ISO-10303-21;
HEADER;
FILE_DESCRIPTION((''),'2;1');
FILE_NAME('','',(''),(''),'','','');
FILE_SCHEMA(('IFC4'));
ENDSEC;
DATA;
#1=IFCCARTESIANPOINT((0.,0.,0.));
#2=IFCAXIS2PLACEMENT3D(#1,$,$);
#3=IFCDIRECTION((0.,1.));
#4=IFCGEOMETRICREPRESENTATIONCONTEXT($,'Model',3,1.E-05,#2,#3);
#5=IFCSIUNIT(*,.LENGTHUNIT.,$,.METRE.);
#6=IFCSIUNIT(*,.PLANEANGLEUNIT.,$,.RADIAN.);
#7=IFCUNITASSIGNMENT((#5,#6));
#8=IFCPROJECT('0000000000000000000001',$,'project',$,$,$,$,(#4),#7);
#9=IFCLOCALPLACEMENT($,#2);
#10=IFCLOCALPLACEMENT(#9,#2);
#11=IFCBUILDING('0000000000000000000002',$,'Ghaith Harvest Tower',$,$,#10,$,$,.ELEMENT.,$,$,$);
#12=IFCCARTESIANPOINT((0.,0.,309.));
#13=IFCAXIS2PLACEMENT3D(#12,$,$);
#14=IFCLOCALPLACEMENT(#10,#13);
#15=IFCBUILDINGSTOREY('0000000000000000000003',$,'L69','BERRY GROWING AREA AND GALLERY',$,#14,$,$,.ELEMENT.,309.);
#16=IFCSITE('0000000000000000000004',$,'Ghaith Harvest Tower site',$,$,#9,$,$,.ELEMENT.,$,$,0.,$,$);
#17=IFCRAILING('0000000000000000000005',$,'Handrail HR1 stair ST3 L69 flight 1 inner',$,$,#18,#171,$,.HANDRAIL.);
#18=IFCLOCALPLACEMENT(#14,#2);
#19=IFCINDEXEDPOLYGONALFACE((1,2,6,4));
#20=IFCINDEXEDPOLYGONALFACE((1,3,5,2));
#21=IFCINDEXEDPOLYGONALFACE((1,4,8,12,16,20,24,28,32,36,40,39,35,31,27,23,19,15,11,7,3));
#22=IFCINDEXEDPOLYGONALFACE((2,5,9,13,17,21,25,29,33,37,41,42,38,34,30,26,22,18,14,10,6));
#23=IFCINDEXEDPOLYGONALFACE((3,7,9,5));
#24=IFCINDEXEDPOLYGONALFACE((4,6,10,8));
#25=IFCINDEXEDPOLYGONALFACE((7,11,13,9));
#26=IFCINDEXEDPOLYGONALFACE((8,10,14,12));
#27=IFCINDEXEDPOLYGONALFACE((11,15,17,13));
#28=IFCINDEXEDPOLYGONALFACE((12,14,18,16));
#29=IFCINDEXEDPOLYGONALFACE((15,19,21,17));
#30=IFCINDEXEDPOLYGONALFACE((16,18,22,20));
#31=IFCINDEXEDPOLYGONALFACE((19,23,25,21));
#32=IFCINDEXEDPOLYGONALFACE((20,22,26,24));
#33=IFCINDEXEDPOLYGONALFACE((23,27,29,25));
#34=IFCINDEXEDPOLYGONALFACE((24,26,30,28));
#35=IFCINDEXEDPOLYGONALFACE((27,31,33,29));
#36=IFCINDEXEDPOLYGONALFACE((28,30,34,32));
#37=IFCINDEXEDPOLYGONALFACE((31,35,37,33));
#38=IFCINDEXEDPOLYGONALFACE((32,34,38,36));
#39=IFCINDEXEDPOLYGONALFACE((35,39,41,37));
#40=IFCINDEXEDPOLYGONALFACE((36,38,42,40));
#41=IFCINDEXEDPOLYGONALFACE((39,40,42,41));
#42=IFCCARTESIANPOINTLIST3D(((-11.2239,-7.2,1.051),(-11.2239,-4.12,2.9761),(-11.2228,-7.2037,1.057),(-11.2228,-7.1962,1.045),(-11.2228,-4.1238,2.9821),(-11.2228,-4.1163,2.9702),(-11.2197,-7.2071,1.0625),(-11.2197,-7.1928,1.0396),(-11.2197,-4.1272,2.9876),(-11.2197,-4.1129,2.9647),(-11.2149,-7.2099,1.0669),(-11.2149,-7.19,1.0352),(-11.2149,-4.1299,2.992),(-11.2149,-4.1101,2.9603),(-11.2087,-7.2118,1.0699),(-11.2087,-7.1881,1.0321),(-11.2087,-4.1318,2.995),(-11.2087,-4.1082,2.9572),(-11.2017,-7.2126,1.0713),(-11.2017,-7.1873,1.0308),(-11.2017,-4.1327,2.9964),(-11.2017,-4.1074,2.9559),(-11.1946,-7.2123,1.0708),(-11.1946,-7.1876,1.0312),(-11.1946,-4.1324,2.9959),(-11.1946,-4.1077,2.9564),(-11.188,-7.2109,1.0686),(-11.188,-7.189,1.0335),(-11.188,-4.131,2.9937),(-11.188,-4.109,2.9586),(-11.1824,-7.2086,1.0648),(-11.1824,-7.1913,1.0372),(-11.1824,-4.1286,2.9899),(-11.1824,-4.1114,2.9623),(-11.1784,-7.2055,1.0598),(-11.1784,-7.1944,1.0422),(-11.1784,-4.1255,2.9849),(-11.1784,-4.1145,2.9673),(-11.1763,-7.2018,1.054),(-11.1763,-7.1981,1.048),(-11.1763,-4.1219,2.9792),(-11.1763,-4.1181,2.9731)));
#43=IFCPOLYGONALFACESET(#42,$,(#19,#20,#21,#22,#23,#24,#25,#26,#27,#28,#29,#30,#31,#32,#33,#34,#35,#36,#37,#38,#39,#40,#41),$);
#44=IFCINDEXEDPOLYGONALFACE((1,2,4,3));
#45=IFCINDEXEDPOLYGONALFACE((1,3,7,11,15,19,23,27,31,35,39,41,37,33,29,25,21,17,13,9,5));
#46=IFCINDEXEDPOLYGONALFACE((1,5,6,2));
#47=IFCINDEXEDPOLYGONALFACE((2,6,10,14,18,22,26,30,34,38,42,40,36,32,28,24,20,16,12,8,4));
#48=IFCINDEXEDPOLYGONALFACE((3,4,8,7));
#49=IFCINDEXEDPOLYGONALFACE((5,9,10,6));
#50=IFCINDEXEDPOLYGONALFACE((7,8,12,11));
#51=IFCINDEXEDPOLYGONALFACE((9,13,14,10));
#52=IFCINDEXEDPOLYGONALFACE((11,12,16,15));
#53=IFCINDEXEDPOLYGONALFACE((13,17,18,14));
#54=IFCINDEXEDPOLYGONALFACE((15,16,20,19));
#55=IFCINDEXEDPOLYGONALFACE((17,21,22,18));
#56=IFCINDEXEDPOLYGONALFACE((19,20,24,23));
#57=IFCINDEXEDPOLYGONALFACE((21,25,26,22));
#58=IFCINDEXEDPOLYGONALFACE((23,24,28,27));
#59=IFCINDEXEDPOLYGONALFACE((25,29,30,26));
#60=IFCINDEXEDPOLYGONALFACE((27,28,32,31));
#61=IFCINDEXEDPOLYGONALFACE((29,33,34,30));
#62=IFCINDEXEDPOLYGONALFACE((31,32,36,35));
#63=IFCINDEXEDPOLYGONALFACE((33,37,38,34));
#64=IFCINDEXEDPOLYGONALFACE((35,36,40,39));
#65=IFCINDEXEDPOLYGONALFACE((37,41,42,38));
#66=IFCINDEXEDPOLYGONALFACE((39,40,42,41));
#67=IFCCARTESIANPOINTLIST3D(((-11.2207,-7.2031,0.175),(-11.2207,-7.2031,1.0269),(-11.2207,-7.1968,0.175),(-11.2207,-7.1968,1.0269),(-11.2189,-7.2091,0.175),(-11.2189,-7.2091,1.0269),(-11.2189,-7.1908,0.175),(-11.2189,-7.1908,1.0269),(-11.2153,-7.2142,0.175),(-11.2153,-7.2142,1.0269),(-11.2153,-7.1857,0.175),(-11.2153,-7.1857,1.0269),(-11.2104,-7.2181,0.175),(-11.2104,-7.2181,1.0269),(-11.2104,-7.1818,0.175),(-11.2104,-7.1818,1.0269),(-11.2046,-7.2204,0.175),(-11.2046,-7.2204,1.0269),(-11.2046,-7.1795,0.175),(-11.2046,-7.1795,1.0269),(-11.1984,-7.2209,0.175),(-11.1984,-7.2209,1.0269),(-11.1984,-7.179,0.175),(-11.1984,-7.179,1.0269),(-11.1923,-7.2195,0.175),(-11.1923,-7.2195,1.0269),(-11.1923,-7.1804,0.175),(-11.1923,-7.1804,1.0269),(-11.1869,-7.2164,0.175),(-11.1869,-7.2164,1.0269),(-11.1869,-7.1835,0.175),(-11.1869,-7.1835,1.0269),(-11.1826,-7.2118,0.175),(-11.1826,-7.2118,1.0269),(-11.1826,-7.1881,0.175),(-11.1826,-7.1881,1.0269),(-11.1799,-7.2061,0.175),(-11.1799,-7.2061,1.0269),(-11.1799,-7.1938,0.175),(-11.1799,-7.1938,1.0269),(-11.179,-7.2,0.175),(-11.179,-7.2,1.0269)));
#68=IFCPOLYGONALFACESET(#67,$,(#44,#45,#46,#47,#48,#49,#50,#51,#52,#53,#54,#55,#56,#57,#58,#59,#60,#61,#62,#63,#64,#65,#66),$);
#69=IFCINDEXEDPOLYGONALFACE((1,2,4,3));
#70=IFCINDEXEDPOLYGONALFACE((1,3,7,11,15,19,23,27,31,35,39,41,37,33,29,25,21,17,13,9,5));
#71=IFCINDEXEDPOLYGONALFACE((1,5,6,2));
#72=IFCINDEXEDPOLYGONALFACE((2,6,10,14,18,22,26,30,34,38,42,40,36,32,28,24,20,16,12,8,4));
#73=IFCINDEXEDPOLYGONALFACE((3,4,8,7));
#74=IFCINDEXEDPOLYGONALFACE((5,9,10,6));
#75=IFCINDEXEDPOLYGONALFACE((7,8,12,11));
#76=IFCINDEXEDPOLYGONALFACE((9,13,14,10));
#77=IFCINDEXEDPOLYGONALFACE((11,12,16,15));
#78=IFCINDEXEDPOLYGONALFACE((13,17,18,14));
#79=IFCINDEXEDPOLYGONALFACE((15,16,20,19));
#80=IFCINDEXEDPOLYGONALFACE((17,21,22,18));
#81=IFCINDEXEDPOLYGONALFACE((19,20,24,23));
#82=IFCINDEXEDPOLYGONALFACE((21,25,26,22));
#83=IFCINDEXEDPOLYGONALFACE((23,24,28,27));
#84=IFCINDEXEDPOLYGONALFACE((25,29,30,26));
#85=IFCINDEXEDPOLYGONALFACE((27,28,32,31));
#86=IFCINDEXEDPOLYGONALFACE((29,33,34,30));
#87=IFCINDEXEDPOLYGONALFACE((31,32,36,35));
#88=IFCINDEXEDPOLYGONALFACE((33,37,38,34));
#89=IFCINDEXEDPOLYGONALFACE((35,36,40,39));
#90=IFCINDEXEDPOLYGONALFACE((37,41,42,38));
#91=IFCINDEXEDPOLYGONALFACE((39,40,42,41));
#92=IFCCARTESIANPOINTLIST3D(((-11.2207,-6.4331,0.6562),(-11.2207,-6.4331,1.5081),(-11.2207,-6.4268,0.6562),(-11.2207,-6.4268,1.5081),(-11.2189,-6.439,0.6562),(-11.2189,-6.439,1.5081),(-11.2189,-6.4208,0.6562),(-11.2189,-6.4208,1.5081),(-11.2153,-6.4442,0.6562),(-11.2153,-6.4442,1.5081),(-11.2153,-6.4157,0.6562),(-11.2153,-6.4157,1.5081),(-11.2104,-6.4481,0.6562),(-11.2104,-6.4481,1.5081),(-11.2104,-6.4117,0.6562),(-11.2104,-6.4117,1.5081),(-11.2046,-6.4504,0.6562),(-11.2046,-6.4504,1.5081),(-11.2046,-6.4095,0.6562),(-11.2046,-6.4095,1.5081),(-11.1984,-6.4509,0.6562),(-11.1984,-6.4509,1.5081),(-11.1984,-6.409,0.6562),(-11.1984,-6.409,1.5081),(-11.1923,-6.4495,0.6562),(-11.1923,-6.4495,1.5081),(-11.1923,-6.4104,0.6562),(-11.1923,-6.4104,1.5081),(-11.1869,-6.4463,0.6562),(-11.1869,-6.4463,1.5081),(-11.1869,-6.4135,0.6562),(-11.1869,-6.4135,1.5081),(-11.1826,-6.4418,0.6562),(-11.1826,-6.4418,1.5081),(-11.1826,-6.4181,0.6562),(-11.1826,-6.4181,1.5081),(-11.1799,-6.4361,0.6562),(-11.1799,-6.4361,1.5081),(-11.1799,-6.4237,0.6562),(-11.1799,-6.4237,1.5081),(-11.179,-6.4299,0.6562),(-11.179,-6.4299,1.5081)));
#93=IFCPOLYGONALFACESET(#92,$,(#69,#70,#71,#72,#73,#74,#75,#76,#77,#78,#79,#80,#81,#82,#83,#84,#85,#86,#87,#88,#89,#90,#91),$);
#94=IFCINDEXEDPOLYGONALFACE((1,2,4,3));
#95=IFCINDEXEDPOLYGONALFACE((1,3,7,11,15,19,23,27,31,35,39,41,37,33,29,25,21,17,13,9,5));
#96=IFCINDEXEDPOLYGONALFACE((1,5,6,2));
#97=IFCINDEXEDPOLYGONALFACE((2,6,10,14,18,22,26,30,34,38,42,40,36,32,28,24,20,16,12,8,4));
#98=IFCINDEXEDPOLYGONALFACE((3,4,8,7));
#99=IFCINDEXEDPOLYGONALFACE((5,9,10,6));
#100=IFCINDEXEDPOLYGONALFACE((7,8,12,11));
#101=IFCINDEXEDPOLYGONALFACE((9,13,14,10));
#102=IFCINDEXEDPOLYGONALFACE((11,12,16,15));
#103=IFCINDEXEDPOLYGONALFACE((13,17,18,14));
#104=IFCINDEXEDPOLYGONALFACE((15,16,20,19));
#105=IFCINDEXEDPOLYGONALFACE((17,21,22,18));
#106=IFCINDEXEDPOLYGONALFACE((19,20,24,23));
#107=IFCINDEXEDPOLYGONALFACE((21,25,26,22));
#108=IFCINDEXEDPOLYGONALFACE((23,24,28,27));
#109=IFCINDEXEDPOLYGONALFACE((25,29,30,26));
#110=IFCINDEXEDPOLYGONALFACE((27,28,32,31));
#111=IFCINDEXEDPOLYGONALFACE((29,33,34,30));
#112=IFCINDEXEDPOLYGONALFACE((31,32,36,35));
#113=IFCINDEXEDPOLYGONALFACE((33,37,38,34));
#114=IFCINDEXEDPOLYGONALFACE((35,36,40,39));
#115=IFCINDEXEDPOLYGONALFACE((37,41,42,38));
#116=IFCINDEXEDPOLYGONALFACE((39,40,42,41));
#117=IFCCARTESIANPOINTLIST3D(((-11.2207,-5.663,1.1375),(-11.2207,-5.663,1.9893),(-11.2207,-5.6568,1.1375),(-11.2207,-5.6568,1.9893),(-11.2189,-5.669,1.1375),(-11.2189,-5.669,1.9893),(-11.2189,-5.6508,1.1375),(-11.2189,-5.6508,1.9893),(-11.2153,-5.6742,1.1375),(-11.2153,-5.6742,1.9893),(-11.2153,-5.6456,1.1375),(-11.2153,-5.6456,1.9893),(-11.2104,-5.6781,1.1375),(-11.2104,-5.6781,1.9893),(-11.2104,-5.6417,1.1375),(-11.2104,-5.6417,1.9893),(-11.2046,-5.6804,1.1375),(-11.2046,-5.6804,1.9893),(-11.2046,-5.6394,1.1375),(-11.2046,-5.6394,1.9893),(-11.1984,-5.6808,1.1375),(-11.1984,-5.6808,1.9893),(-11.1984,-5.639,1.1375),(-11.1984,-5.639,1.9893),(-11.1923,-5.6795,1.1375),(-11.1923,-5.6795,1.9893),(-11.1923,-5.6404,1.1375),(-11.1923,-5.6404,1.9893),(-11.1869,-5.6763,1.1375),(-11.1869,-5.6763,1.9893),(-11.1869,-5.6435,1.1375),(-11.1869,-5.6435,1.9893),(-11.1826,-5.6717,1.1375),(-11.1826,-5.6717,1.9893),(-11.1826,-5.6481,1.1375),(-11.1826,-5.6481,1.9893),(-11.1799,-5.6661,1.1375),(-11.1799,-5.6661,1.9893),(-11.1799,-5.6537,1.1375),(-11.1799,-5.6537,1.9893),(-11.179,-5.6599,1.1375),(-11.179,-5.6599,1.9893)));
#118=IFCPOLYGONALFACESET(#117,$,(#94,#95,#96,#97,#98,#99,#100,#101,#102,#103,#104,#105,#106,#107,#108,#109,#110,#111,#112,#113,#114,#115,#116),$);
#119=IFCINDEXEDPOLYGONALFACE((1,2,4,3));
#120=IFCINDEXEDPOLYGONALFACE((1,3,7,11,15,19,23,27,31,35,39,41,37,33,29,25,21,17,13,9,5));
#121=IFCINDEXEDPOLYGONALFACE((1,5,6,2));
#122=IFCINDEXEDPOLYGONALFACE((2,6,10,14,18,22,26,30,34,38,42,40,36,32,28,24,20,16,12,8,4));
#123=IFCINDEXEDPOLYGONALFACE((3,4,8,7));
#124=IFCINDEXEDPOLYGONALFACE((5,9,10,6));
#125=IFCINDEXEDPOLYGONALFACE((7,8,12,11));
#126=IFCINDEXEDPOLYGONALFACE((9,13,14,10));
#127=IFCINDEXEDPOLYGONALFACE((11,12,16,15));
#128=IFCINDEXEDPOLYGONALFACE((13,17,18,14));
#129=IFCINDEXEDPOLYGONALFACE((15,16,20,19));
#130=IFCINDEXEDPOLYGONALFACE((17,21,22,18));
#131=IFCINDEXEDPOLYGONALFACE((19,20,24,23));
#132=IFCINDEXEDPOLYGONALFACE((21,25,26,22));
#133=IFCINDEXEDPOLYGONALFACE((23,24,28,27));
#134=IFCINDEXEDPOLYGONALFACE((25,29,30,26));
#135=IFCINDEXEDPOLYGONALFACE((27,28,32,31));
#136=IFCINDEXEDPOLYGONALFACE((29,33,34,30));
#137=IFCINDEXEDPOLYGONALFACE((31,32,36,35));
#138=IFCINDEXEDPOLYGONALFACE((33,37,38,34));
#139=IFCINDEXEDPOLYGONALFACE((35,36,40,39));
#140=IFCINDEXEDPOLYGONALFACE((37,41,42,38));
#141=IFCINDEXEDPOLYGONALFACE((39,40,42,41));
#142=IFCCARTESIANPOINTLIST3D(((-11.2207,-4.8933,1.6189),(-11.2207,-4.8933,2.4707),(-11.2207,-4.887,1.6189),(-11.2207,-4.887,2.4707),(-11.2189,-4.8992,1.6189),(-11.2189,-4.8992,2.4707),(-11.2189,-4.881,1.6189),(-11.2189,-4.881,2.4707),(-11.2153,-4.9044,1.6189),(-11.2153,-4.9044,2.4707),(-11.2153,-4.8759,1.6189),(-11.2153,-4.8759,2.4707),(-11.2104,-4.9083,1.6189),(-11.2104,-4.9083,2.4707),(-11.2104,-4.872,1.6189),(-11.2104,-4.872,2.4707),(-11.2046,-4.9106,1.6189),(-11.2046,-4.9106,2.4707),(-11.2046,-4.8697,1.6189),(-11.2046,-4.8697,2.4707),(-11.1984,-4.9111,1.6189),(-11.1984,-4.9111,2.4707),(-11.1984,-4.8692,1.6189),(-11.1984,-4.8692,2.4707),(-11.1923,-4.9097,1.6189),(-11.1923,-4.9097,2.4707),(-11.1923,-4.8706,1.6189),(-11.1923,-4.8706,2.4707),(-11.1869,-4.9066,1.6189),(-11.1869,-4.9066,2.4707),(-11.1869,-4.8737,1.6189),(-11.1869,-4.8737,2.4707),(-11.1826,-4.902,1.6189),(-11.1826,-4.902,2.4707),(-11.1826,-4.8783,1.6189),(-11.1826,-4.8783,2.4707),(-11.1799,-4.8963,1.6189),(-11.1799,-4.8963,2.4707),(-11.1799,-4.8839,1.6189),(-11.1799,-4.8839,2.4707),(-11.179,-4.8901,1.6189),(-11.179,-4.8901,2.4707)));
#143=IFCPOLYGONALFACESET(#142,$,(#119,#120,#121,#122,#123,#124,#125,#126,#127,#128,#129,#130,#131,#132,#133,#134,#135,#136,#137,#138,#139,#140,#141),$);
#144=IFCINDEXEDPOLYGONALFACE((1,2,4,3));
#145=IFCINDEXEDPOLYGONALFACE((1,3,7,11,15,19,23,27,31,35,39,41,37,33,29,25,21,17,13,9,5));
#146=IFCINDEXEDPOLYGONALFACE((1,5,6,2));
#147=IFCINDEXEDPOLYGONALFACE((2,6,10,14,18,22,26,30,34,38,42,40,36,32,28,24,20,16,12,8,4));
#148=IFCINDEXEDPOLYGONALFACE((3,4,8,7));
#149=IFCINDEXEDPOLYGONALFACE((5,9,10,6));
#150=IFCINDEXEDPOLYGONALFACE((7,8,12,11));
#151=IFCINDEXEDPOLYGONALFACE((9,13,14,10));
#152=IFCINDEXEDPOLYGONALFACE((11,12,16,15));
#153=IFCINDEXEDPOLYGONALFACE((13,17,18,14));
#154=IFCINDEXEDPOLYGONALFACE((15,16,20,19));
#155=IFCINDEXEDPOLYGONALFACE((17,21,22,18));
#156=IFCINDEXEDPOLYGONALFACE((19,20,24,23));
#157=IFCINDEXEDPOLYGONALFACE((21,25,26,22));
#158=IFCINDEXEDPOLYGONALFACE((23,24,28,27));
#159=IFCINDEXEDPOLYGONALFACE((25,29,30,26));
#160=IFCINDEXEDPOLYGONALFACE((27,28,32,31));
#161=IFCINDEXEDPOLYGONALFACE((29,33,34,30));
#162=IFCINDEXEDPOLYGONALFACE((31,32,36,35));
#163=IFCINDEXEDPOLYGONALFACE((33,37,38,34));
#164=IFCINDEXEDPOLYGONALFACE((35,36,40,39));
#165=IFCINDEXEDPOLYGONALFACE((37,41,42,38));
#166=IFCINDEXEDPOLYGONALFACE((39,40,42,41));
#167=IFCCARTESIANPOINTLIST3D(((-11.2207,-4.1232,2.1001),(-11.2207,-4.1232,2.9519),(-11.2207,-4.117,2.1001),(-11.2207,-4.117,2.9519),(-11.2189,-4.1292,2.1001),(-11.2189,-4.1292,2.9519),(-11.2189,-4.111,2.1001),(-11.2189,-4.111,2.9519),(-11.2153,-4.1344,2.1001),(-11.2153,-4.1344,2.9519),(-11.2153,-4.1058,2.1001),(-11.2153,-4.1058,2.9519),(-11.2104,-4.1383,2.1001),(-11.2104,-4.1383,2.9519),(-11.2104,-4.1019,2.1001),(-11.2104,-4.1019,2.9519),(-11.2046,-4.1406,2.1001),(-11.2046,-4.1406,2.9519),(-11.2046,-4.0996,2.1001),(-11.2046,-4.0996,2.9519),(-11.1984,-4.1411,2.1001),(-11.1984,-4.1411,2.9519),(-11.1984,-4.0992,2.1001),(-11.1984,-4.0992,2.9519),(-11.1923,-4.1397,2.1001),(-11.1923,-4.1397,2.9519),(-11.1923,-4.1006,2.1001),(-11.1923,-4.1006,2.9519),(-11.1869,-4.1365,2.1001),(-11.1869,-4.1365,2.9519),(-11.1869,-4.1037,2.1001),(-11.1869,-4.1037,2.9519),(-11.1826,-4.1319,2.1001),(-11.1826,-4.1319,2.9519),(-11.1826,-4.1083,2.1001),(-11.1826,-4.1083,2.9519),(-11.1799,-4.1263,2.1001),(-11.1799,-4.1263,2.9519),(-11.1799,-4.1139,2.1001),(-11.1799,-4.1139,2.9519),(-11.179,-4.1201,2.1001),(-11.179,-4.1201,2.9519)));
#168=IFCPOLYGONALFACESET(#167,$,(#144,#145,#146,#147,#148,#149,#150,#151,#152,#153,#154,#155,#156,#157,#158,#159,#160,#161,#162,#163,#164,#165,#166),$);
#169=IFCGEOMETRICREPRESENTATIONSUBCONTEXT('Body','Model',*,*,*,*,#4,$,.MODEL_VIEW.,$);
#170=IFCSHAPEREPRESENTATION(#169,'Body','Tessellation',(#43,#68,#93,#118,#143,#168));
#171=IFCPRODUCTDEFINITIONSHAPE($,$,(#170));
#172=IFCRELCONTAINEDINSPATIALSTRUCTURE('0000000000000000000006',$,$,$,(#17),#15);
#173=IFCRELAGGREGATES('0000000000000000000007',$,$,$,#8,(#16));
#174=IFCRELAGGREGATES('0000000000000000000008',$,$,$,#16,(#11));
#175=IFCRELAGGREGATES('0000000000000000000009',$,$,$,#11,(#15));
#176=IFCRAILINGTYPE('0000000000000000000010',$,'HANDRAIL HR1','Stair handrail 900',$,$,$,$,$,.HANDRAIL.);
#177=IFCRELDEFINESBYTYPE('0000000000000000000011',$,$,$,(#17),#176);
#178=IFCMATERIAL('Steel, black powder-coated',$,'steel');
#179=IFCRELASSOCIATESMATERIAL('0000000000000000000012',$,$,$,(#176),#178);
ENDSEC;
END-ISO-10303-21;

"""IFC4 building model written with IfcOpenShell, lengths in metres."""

from ifc_helpers import new_model, si_unit, direction, frame, origin, origin_2d, place, context, subcontext, project, spatial, circle, extrude, material, type_object, element, save


model = new_model("IFC4")

# Units and contexts
model_context = context("Model", 3, precision=1e-05, world=origin(), true_north=direction((0.0, 1.0)))
body_context = subcontext(model_context, "Body", "Model", "MODEL_VIEW")
ifc_project = project(units=[si_unit("LENGTHUNIT", "METRE"), si_unit("PLANEANGLEUNIT", "RADIAN")], contexts=[model_context])

# Site, building, storey
site_placement = place(None, origin())
site = spatial("IfcSite", under=ifc_project, at=site_placement, Name="Ghaith Harvest Tower site", CompositionType="ELEMENT", RefElevation=0.0)
building_placement = place(site_placement, origin())
building = spatial("IfcBuilding", under=site, at=building_placement, Name="Ghaith Harvest Tower", CompositionType="ELEMENT")
storey_placement = place(building_placement, frame((0.0, 0.0, 309.0)))
storey = spatial("IfcBuildingStorey", under=building, at=storey_placement, Name="L69", Description="BERRY GROWING AREA AND GALLERY", CompositionType="ELEMENT", Elevation=309.0)

# Railing
ifc_material_1 = material(Name="Steel, black powder-coated", Category="steel")
railing_type = type_object("IfcRailingType", Name="HANDRAIL HR1", Description="Stair handrail 900", PredefinedType="HANDRAIL", material=ifc_material_1)
railing_1_placement = place(storey_placement, frame((-11.2, -7.2, 0.175)))
element("IfcRailing", 1, at=railing_1_placement, inside=storey, type_object=railing_type, Name="Handrail HR1 stair ST3 L69 flight 1 inner", PredefinedType="HANDRAIL", context=body_context, shape_type="SweptSolid", body=[
    extrude(circle(Radius=0.0239, at=origin_2d()), frame((0.0, 0.0, 0.876), z_axis=(0.0, 0.847979, 0.530029), x_axis=(-1.0, 0.0, 0.0)), (0.0, 0.0, 1.0), 3.6321),
    extrude(circle(Radius=0.021, at=origin_2d()), origin(), (0.0, 0.0, 1.0), 0.8518),
    extrude(circle(Radius=0.021, at=origin_2d()), frame((0.0, 0.77, 0.4812)), (0.0, 0.0, 1.0), 0.8518),
    extrude(circle(Radius=0.021, at=origin_2d()), frame((0.0, 1.54, 0.9624)), (0.0, 0.0, 1.0), 0.8518),
    extrude(circle(Radius=0.021, at=origin_2d()), frame((0.0, 2.3098, 1.4438)), (0.0, 0.0, 1.0), 0.8518),
    extrude(circle(Radius=0.021, at=origin_2d()), frame((0.0, 3.0798, 1.925)), (0.0, 0.0, 1.0), 0.8518),
])

save(model, "model.ifc")
